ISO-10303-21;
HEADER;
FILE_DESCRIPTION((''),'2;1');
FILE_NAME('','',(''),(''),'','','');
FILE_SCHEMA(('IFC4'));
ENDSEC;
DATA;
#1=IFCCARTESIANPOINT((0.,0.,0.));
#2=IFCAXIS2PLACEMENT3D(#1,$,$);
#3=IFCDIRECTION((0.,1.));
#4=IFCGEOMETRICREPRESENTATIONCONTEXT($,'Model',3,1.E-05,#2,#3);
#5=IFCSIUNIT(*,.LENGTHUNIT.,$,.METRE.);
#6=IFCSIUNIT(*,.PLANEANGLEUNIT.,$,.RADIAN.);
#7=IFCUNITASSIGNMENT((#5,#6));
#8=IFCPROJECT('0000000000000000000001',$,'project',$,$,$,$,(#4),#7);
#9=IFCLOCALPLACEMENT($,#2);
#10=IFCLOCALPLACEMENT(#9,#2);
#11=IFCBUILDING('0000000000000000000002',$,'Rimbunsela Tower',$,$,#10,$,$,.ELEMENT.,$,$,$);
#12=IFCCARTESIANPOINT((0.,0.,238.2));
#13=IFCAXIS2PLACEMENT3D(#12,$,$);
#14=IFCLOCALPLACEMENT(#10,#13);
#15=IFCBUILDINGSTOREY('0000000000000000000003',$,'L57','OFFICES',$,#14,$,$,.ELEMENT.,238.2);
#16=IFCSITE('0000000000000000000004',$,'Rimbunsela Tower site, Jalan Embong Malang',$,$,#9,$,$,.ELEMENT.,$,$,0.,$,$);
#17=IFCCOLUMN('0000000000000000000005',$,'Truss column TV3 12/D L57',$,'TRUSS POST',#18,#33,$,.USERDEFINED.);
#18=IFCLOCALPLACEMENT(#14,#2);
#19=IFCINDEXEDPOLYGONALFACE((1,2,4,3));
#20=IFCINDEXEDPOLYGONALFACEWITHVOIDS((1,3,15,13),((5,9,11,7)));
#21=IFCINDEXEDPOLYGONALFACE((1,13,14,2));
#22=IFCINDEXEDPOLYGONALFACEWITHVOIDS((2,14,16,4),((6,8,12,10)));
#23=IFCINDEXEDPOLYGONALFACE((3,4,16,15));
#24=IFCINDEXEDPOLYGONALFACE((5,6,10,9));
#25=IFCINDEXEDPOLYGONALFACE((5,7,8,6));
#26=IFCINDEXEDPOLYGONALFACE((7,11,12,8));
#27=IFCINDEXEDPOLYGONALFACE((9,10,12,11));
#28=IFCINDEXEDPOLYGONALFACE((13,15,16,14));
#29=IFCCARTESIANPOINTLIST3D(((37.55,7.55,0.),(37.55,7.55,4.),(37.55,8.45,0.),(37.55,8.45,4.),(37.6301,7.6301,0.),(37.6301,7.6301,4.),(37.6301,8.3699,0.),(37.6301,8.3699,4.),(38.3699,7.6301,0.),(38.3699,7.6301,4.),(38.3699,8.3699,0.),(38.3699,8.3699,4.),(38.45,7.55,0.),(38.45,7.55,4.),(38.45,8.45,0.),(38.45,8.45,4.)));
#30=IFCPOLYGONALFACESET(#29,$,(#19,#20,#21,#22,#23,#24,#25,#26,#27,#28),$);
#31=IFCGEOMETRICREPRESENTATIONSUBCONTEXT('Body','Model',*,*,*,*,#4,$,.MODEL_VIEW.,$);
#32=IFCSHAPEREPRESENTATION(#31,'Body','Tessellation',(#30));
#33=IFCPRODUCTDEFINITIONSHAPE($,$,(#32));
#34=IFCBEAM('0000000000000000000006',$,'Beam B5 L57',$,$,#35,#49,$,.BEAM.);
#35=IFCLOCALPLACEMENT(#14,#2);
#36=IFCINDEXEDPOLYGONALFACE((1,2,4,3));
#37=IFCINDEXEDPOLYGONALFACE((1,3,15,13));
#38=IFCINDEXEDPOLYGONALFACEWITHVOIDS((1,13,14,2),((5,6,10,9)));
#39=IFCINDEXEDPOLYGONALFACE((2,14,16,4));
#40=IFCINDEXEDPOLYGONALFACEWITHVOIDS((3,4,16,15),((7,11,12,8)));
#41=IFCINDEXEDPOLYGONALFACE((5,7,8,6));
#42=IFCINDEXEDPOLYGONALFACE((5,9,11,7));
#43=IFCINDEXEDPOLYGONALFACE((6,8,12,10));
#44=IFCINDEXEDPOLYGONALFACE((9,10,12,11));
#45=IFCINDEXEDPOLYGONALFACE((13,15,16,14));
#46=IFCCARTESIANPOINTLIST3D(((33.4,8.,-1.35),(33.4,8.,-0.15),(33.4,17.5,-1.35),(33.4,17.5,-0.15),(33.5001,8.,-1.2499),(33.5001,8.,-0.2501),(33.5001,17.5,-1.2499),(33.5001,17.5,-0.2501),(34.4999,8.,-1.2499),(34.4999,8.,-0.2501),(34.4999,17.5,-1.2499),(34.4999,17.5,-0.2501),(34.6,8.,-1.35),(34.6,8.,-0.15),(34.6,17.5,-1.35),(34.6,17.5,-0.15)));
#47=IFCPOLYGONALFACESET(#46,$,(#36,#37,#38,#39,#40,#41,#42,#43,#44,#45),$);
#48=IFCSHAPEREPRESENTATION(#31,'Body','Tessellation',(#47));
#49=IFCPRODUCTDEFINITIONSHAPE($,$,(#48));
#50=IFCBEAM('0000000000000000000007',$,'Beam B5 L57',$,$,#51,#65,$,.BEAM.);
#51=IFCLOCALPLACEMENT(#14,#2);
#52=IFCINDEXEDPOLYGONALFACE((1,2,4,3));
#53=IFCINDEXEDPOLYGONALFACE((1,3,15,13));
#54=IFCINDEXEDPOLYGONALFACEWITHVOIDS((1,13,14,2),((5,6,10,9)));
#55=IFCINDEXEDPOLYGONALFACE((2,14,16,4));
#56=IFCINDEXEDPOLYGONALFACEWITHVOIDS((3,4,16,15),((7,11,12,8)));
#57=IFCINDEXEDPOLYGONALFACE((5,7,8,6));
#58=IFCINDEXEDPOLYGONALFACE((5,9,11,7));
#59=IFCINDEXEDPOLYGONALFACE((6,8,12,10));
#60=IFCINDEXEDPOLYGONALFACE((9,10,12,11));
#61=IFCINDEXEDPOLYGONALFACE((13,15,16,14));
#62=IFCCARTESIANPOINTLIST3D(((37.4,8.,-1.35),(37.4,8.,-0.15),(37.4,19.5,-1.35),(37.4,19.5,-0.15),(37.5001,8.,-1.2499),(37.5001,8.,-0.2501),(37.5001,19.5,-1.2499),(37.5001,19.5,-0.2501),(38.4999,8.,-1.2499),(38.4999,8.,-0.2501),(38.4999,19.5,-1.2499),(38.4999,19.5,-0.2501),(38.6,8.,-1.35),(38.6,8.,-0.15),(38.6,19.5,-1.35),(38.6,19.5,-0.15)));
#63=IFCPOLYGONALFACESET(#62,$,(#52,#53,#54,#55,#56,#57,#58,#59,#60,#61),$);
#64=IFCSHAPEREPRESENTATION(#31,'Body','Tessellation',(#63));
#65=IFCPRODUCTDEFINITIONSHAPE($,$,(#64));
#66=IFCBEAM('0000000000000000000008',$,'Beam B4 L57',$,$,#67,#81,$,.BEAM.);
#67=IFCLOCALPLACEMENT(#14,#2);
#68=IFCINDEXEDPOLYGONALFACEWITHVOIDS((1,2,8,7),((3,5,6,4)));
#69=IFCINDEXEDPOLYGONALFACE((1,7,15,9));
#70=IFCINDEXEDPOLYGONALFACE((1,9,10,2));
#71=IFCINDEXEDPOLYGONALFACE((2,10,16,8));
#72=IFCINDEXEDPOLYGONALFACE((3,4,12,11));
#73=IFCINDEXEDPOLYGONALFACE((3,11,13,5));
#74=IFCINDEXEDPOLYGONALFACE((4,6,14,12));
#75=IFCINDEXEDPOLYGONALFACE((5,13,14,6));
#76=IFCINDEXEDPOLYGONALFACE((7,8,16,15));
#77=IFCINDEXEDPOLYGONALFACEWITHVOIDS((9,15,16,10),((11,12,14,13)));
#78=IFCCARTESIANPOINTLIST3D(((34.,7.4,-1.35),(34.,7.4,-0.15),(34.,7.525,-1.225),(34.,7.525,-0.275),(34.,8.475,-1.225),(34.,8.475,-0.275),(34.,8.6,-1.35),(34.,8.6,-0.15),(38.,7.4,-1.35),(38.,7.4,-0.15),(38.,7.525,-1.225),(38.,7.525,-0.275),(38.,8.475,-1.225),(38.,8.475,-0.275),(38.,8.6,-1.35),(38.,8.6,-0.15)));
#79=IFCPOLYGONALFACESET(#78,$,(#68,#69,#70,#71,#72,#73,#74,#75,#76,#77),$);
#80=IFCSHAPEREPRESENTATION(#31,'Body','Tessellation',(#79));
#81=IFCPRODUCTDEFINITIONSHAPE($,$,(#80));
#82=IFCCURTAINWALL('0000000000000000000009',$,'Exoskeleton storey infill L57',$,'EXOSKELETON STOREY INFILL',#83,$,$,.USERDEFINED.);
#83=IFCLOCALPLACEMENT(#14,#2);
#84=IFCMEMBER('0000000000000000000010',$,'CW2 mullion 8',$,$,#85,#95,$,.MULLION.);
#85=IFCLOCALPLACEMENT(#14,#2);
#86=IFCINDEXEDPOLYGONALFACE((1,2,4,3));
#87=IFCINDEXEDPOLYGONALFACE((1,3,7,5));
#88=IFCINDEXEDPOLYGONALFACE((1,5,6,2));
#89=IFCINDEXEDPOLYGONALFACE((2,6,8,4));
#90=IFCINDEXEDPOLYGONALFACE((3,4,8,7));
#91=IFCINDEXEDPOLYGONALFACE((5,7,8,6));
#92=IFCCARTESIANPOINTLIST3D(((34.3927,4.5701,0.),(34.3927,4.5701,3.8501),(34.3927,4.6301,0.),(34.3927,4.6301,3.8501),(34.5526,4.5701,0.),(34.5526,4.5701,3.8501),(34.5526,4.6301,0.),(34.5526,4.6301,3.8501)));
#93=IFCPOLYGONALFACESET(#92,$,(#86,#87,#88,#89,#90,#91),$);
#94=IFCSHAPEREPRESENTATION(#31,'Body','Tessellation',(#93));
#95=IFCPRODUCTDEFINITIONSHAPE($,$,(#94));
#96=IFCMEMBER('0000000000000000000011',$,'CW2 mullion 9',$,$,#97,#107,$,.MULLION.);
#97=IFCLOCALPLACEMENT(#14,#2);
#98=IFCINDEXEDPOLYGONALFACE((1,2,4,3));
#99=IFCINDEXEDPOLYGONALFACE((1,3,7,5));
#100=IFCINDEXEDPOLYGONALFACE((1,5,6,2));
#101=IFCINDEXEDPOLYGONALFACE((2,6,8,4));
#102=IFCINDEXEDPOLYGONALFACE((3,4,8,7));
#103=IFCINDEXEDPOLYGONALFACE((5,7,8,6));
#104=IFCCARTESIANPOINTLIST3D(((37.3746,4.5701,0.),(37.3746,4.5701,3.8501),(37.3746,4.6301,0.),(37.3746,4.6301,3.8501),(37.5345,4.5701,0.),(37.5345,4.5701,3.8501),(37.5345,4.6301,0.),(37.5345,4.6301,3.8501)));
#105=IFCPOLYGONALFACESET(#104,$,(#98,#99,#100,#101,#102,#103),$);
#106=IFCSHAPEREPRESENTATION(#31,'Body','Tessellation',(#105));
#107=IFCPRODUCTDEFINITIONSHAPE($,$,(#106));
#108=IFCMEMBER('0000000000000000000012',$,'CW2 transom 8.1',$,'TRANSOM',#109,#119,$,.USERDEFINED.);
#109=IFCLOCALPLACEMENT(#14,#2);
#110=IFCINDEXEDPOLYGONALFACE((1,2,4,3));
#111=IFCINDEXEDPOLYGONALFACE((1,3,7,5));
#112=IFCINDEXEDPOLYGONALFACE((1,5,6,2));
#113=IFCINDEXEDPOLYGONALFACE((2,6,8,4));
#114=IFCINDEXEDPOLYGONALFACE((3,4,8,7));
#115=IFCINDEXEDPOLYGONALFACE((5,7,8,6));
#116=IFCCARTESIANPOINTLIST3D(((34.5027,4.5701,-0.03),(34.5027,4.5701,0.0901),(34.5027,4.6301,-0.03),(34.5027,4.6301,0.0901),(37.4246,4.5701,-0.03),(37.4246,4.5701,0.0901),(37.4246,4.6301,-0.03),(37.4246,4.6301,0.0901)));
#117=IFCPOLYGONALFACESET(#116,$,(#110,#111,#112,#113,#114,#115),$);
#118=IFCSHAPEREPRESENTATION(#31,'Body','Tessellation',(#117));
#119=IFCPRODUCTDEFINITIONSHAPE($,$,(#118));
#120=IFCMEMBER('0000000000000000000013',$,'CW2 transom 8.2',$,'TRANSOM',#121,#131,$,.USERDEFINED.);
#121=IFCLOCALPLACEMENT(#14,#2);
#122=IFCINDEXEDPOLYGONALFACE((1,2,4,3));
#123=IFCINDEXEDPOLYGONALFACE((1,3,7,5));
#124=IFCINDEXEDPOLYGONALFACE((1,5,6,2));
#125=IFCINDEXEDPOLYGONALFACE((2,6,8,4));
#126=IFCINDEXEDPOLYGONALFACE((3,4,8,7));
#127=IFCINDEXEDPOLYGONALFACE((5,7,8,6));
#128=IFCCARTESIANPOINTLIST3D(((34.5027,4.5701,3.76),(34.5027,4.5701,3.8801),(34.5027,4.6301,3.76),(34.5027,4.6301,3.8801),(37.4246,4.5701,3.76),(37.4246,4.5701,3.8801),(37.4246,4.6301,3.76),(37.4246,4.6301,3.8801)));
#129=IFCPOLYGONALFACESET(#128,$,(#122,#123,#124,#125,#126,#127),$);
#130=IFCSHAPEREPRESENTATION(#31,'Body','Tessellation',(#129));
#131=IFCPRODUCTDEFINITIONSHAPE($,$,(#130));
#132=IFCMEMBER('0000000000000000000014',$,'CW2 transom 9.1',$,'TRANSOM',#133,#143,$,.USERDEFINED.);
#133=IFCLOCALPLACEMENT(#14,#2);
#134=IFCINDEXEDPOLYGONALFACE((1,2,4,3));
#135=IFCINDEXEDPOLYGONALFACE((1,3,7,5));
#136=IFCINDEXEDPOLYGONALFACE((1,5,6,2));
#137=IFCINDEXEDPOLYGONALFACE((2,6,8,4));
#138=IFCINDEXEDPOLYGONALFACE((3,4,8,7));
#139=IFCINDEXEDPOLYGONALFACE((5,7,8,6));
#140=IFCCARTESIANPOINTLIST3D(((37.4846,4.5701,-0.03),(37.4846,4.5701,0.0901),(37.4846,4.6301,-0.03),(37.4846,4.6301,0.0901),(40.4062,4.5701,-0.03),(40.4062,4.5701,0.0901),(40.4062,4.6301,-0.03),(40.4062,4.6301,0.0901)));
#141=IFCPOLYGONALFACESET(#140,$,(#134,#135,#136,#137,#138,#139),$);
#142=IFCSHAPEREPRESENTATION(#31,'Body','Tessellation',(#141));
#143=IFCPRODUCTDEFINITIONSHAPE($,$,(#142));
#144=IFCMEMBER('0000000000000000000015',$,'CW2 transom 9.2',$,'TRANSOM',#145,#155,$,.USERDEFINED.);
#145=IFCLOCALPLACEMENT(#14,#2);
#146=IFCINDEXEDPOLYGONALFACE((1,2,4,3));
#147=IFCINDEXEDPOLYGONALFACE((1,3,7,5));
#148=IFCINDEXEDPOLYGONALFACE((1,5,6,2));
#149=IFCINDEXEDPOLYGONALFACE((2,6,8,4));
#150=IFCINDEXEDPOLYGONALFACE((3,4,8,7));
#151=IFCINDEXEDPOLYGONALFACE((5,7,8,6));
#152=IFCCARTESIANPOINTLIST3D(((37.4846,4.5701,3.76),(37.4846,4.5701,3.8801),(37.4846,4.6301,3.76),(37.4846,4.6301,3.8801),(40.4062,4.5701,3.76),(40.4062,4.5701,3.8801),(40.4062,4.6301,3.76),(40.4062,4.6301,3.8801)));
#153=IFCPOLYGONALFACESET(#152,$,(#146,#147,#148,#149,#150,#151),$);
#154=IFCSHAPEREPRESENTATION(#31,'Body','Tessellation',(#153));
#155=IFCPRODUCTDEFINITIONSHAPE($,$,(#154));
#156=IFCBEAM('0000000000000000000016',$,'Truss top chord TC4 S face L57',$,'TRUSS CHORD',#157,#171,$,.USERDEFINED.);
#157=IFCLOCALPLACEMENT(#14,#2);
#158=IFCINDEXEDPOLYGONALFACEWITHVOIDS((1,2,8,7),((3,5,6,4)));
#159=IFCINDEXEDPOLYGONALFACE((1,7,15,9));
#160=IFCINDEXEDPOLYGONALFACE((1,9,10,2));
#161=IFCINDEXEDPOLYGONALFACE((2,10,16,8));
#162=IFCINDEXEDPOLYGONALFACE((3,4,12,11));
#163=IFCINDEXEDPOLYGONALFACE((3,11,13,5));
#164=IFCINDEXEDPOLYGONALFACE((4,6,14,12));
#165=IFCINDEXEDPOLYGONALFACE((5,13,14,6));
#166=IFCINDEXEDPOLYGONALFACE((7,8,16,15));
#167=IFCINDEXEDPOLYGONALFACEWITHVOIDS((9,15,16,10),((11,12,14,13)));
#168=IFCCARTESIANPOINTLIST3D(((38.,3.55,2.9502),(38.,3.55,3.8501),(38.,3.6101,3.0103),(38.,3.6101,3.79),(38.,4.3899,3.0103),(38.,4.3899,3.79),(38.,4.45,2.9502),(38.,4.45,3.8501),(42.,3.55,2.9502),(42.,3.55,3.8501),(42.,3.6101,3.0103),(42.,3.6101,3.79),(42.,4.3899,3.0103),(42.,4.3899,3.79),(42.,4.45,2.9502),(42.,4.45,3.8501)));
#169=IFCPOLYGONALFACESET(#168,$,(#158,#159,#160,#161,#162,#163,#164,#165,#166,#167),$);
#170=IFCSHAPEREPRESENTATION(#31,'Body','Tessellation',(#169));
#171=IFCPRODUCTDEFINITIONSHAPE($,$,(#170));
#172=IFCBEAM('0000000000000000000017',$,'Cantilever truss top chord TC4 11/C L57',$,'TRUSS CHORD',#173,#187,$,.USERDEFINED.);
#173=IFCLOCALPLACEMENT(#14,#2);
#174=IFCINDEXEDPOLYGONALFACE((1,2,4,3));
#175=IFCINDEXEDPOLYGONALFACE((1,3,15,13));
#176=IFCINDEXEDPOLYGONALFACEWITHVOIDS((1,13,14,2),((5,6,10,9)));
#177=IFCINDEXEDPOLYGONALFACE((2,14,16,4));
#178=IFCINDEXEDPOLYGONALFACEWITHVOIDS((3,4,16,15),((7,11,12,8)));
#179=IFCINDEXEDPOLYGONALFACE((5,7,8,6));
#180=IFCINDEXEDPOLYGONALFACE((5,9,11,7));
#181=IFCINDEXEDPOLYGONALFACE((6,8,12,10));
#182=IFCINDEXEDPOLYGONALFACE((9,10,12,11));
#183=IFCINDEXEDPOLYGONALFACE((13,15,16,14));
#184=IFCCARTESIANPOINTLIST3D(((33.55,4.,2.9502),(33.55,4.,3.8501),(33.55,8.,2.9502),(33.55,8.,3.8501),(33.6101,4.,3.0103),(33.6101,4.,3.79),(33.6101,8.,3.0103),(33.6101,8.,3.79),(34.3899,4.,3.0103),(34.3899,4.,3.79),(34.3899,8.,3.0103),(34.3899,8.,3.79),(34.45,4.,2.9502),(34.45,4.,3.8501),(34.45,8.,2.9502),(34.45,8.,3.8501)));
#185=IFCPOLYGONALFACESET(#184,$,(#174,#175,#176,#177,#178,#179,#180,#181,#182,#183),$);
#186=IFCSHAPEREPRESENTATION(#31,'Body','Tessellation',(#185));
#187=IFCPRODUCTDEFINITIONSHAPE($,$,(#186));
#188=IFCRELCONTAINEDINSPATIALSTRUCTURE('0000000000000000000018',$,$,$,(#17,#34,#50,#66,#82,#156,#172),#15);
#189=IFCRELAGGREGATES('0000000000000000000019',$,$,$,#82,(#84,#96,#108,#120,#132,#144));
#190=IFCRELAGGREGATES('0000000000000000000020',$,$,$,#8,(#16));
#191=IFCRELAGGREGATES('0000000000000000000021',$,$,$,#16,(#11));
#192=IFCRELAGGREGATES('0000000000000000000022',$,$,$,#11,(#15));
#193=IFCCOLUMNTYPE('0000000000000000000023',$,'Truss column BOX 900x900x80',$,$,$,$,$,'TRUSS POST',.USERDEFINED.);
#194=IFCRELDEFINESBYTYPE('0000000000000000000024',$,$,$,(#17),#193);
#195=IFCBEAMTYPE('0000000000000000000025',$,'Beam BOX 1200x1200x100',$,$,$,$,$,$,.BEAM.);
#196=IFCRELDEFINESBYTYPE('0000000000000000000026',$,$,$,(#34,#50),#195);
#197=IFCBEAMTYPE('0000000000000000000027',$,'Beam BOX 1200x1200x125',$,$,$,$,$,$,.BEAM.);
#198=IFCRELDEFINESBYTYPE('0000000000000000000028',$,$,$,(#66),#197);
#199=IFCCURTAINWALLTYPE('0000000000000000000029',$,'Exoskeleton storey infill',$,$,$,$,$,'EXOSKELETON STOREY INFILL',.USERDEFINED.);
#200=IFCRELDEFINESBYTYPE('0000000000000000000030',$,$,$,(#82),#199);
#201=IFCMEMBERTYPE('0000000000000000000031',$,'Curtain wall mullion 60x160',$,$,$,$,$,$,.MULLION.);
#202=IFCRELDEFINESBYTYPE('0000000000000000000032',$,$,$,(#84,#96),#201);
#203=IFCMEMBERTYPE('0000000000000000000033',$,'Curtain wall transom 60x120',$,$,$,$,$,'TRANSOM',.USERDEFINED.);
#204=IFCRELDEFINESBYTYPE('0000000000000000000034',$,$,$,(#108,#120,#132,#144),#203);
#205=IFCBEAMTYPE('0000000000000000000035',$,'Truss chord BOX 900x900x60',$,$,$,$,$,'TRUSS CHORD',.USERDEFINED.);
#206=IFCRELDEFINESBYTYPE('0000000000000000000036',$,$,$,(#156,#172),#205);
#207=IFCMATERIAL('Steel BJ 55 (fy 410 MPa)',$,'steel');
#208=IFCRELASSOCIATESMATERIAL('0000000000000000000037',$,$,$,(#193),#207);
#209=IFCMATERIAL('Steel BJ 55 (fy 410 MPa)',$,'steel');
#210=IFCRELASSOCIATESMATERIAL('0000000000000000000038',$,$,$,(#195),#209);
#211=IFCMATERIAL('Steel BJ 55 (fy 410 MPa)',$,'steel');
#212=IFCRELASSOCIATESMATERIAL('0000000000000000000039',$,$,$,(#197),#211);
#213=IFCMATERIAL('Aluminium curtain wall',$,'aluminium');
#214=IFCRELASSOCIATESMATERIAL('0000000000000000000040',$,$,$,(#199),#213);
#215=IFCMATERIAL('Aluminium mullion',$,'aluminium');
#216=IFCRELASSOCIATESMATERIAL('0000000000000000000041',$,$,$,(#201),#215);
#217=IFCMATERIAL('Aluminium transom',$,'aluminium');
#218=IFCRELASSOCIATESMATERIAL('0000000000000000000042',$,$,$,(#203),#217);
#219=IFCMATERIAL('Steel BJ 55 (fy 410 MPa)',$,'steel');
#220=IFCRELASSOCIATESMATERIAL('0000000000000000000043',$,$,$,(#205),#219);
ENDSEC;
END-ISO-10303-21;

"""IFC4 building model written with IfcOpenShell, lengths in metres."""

from ifc_helpers import new_model, si_unit, direction, frame, origin, origin_2d, place, context, subcontext, project, spatial, rectangle, hollow_rectangle, extrude, material, material_profile, profile_set, type_object, element, aggregate, save


model = new_model("IFC4")

# Units and contexts
model_context = context("Model", 3, precision=1e-05, world=origin(), true_north=direction((0.0, 1.0)))
body_context = subcontext(model_context, "Body", "Model", "MODEL_VIEW")
ifc_project = project(units=[si_unit("LENGTHUNIT", "METRE"), si_unit("PLANEANGLEUNIT", "RADIAN")], contexts=[model_context])

# Site, building, storey
site_placement = place(None, origin())
site = spatial("IfcSite", under=ifc_project, at=site_placement, Name="Rimbunsela Tower site, Jalan Embong Malang", CompositionType="ELEMENT", RefElevation=0.0)
building_placement = place(site_placement, origin())
building = spatial("IfcBuilding", under=site, at=building_placement, Name="Rimbunsela Tower", CompositionType="ELEMENT")
storey_placement = place(building_placement, frame((0.0, 0.0, 238.2)))
storey = spatial("IfcBuildingStorey", under=building, at=storey_placement, Name="L57", Description="OFFICES", CompositionType="ELEMENT", Elevation=238.2)

# Column
ifc_material_1 = material(Name="Steel BJ 55 (fy 410 MPa)", Category="steel")
ifc_material_profile_1 = material_profile(ifc_material_1, hollow_rectangle(XDim=0.8999, YDim=0.8999, WallThickness=0.0801, at=origin_2d()), Name="BOX 900x900x80")
ifc_profile_set_1 = profile_set([ifc_material_profile_1], Name="Steel BJ 55 (fy 410 MPa)")
column_type = type_object("IfcColumnType", Name="Truss column BOX 900x900x80", ElementType="TRUSS POST", PredefinedType="USERDEFINED", material=ifc_profile_set_1)
column_placement = place(storey_placement, frame((38.0, 8.0, 0.0), z_axis=(0.0, 0.0, 1.0), x_axis=(1.0, 0.0, 0.0)))
element("IfcColumn", 1, at=column_placement, inside=storey, type_object=column_type, Name="Truss column TV3 12/D L57", ObjectType="TRUSS POST", PredefinedType="USERDEFINED", context=body_context, shape_type="SweptSolid", body=[
    extrude(hollow_rectangle(XDim=0.8999, YDim=0.8999, WallThickness=0.0801, at=origin_2d()), origin(), (0.0, 0.0, 1.0), 4.0),
])

# Beams
ifc_material_2 = material(Name="Steel BJ 55 (fy 410 MPa)", Category="steel")
ifc_material_profile_2 = material_profile(ifc_material_2, hollow_rectangle(XDim=1.2, YDim=1.2, WallThickness=0.1001, at=origin_2d()), Name="BOX 1200x1200x100")
ifc_profile_set_2 = profile_set([ifc_material_profile_2], Name="Steel BJ 55 (fy 410 MPa)")
beam_type_1 = type_object("IfcBeamType", Name="Beam BOX 1200x1200x100", PredefinedType="BEAM", material=ifc_profile_set_2)
beam_1_placement = place(storey_placement, frame((34.0, 8.0, -0.75), z_axis=(0.0, 1.0, 0.0), x_axis=(-1.0, 0.0, 0.0)))
element("IfcBeam", 2, at=beam_1_placement, inside=storey, type_object=beam_type_1, Name="Beam B5 L57", PredefinedType="BEAM", context=body_context, shape_type="SweptSolid", body=[
    extrude(hollow_rectangle(XDim=1.2, YDim=1.2, WallThickness=0.1001, at=origin_2d()), origin(), (0.0, 0.0, 1.0), 9.5),
])
beam_2_placement = place(storey_placement, frame((38.0, 8.0, -0.75), z_axis=(0.0, 1.0, 0.0), x_axis=(-1.0, 0.0, 0.0)))
element("IfcBeam", 3, at=beam_2_placement, inside=storey, type_object=beam_type_1, Name="Beam B5 L57", PredefinedType="BEAM", context=body_context, shape_type="SweptSolid", body=[
    extrude(hollow_rectangle(XDim=1.2, YDim=1.2, WallThickness=0.1001, at=origin_2d()), origin(), (0.0, 0.0, 1.0), 11.5),
])
ifc_material_3 = material(Name="Steel BJ 55 (fy 410 MPa)", Category="steel")
ifc_material_profile_3 = material_profile(ifc_material_3, hollow_rectangle(XDim=1.2, YDim=1.2, WallThickness=0.125, at=origin_2d()), Name="BOX 1200x1200x125")
ifc_profile_set_3 = profile_set([ifc_material_profile_3], Name="Steel BJ 55 (fy 410 MPa)")
beam_type_2 = type_object("IfcBeamType", Name="Beam BOX 1200x1200x125", PredefinedType="BEAM", material=ifc_profile_set_3)
beam_3_placement = place(storey_placement, frame((34.0, 8.0, -0.75), z_axis=(1.0, 0.0, 0.0), x_axis=(0.0, 1.0, 0.0)))
element("IfcBeam", 4, at=beam_3_placement, inside=storey, type_object=beam_type_2, Name="Beam B4 L57", PredefinedType="BEAM", context=body_context, shape_type="SweptSolid", body=[
    extrude(hollow_rectangle(XDim=1.2, YDim=1.2, WallThickness=0.125, at=origin_2d()), origin(), (0.0, 0.0, 1.0), 4.0),
])

# Curtain wall, members
ifc_material_4 = material(Name="Aluminium curtain wall", Category="aluminium")
curtain_wall_type = type_object("IfcCurtainWallType", Name="Exoskeleton storey infill", ElementType="EXOSKELETON STOREY INFILL", PredefinedType="USERDEFINED", material=ifc_material_4)
curtain_wall_placement = place(storey_placement, origin())
curtain_wall = element("IfcCurtainWall", 5, at=curtain_wall_placement, inside=storey, type_object=curtain_wall_type, Name="Exoskeleton storey infill L57", ObjectType="EXOSKELETON STOREY INFILL", PredefinedType="USERDEFINED")
ifc_material_5 = material(Name="Aluminium mullion", Category="aluminium")
ifc_material_profile_4 = material_profile(ifc_material_5, rectangle(XDim=0.0601, YDim=0.1599, at=origin_2d()), Name="Mullion 60x160")
ifc_profile_set_4 = profile_set([ifc_material_profile_4], Name="Aluminium mullion")
member_type_1 = type_object("IfcMemberType", Name="Curtain wall mullion 60x160", PredefinedType="MULLION", material=ifc_profile_set_4)
member_1_placement = place(storey_placement, frame((34.4727, 4.6001, 0.0), z_axis=(0.0, 0.0, 1.0), x_axis=(0.0, 1.0, 0.0)))
member_1 = element("IfcMember", 6, at=member_1_placement, type_object=member_type_1, Name="CW2 mullion 8", PredefinedType="MULLION", context=body_context, shape_type="SweptSolid", body=[
    extrude(rectangle(XDim=0.0601, YDim=0.1599, at=origin_2d()), origin(), (0.0, 0.0, 1.0), 3.8501),
])
member_2_placement = place(storey_placement, frame((37.4546, 4.6001, 0.0), z_axis=(0.0, 0.0, 1.0), x_axis=(0.0, 1.0, 0.0)))
member_2 = element("IfcMember", 7, at=member_2_placement, type_object=member_type_1, Name="CW2 mullion 9", PredefinedType="MULLION", context=body_context, shape_type="SweptSolid", body=[
    extrude(rectangle(XDim=0.0601, YDim=0.1599, at=origin_2d()), origin(), (0.0, 0.0, 1.0), 3.8501),
])
ifc_material_6 = material(Name="Aluminium transom", Category="aluminium")
ifc_material_profile_5 = material_profile(ifc_material_6, rectangle(XDim=0.0601, YDim=0.1201, at=origin_2d()), Name="Transom 60x120")
ifc_profile_set_5 = profile_set([ifc_material_profile_5], Name="Aluminium transom")
member_type_2 = type_object("IfcMemberType", Name="Curtain wall transom 60x120", ElementType="TRANSOM", PredefinedType="USERDEFINED", material=ifc_profile_set_5)
member_3_placement = place(storey_placement, frame((34.5027, 4.6001, 0.03), z_axis=(1.0, 0.0, 0.0), x_axis=(0.0, 1.0, 0.0)))
member_3 = element("IfcMember", 8, at=member_3_placement, type_object=member_type_2, Name="CW2 transom 8.1", ObjectType="TRANSOM", PredefinedType="USERDEFINED", context=body_context, shape_type="SweptSolid", body=[
    extrude(rectangle(XDim=0.0601, YDim=0.1201, at=origin_2d()), origin(), (0.0, 0.0, 1.0), 2.9219),
])
member_4_placement = place(storey_placement, frame((34.5027, 4.6001, 3.8201), z_axis=(1.0, 0.0, 0.0), x_axis=(0.0, 1.0, 0.0)))
member_4 = element("IfcMember", 9, at=member_4_placement, type_object=member_type_2, Name="CW2 transom 8.2", ObjectType="TRANSOM", PredefinedType="USERDEFINED", context=body_context, shape_type="SweptSolid", body=[
    extrude(rectangle(XDim=0.0601, YDim=0.1201, at=origin_2d()), origin(), (0.0, 0.0, 1.0), 2.9219),
])
member_5_placement = place(storey_placement, frame((37.4846, 4.6001, 0.03), z_axis=(1.0, 0.0, 0.0), x_axis=(0.0, 1.0, 0.0)))
member_5 = element("IfcMember", 10, at=member_5_placement, type_object=member_type_2, Name="CW2 transom 9.1", ObjectType="TRANSOM", PredefinedType="USERDEFINED", context=body_context, shape_type="SweptSolid", body=[
    extrude(rectangle(XDim=0.0601, YDim=0.1201, at=origin_2d()), origin(), (0.0, 0.0, 1.0), 2.9216),
])
member_6_placement = place(storey_placement, frame((37.4846, 4.6001, 3.8201), z_axis=(1.0, 0.0, 0.0), x_axis=(0.0, 1.0, 0.0)))
member_6 = element("IfcMember", 11, at=member_6_placement, type_object=member_type_2, Name="CW2 transom 9.2", ObjectType="TRANSOM", PredefinedType="USERDEFINED", context=body_context, shape_type="SweptSolid", body=[
    extrude(rectangle(XDim=0.0601, YDim=0.1201, at=origin_2d()), origin(), (0.0, 0.0, 1.0), 2.9216),
])

# Beams
ifc_material_7 = material(Name="Steel BJ 55 (fy 410 MPa)", Category="steel")
ifc_material_profile_6 = material_profile(ifc_material_7, hollow_rectangle(XDim=0.8999, YDim=0.8999, WallThickness=0.0601, at=origin_2d()), Name="BOX 900x900x60")
ifc_profile_set_6 = profile_set([ifc_material_profile_6], Name="Steel BJ 55 (fy 410 MPa)")
beam_type_3 = type_object("IfcBeamType", Name="Truss chord BOX 900x900x60", ElementType="TRUSS CHORD", PredefinedType="USERDEFINED", material=ifc_profile_set_6)
for number, where, z_axis, x_axis, name in (
    (12, (38.0, 4.0, 3.4001), (1.0, 0.0, 0.0), (0.0, 1.0, 0.0), "Truss top chord TC4 S face L57"),
    (13, (34.0, 8.0, 3.4001), (0.0, -1.0, 0.0), (1.0, 0.0, 0.0), "Cantilever truss top chord TC4 11/C L57"),
):
    element("IfcBeam", number, at=place(storey_placement, frame(where, z_axis=z_axis, x_axis=x_axis)), inside=storey, type_object=beam_type_3, Name=name, ObjectType="TRUSS CHORD", PredefinedType="USERDEFINED", context=body_context, shape_type="SweptSolid", body=[
        extrude(hollow_rectangle(XDim=0.8999, YDim=0.8999, WallThickness=0.0601, at=origin_2d()), origin(), (0.0, 0.0, 1.0), 4.0),
    ])

aggregate(curtain_wall, [member_1, member_2, member_3, member_4, member_5, member_6])

save(model, "model.ifc")
